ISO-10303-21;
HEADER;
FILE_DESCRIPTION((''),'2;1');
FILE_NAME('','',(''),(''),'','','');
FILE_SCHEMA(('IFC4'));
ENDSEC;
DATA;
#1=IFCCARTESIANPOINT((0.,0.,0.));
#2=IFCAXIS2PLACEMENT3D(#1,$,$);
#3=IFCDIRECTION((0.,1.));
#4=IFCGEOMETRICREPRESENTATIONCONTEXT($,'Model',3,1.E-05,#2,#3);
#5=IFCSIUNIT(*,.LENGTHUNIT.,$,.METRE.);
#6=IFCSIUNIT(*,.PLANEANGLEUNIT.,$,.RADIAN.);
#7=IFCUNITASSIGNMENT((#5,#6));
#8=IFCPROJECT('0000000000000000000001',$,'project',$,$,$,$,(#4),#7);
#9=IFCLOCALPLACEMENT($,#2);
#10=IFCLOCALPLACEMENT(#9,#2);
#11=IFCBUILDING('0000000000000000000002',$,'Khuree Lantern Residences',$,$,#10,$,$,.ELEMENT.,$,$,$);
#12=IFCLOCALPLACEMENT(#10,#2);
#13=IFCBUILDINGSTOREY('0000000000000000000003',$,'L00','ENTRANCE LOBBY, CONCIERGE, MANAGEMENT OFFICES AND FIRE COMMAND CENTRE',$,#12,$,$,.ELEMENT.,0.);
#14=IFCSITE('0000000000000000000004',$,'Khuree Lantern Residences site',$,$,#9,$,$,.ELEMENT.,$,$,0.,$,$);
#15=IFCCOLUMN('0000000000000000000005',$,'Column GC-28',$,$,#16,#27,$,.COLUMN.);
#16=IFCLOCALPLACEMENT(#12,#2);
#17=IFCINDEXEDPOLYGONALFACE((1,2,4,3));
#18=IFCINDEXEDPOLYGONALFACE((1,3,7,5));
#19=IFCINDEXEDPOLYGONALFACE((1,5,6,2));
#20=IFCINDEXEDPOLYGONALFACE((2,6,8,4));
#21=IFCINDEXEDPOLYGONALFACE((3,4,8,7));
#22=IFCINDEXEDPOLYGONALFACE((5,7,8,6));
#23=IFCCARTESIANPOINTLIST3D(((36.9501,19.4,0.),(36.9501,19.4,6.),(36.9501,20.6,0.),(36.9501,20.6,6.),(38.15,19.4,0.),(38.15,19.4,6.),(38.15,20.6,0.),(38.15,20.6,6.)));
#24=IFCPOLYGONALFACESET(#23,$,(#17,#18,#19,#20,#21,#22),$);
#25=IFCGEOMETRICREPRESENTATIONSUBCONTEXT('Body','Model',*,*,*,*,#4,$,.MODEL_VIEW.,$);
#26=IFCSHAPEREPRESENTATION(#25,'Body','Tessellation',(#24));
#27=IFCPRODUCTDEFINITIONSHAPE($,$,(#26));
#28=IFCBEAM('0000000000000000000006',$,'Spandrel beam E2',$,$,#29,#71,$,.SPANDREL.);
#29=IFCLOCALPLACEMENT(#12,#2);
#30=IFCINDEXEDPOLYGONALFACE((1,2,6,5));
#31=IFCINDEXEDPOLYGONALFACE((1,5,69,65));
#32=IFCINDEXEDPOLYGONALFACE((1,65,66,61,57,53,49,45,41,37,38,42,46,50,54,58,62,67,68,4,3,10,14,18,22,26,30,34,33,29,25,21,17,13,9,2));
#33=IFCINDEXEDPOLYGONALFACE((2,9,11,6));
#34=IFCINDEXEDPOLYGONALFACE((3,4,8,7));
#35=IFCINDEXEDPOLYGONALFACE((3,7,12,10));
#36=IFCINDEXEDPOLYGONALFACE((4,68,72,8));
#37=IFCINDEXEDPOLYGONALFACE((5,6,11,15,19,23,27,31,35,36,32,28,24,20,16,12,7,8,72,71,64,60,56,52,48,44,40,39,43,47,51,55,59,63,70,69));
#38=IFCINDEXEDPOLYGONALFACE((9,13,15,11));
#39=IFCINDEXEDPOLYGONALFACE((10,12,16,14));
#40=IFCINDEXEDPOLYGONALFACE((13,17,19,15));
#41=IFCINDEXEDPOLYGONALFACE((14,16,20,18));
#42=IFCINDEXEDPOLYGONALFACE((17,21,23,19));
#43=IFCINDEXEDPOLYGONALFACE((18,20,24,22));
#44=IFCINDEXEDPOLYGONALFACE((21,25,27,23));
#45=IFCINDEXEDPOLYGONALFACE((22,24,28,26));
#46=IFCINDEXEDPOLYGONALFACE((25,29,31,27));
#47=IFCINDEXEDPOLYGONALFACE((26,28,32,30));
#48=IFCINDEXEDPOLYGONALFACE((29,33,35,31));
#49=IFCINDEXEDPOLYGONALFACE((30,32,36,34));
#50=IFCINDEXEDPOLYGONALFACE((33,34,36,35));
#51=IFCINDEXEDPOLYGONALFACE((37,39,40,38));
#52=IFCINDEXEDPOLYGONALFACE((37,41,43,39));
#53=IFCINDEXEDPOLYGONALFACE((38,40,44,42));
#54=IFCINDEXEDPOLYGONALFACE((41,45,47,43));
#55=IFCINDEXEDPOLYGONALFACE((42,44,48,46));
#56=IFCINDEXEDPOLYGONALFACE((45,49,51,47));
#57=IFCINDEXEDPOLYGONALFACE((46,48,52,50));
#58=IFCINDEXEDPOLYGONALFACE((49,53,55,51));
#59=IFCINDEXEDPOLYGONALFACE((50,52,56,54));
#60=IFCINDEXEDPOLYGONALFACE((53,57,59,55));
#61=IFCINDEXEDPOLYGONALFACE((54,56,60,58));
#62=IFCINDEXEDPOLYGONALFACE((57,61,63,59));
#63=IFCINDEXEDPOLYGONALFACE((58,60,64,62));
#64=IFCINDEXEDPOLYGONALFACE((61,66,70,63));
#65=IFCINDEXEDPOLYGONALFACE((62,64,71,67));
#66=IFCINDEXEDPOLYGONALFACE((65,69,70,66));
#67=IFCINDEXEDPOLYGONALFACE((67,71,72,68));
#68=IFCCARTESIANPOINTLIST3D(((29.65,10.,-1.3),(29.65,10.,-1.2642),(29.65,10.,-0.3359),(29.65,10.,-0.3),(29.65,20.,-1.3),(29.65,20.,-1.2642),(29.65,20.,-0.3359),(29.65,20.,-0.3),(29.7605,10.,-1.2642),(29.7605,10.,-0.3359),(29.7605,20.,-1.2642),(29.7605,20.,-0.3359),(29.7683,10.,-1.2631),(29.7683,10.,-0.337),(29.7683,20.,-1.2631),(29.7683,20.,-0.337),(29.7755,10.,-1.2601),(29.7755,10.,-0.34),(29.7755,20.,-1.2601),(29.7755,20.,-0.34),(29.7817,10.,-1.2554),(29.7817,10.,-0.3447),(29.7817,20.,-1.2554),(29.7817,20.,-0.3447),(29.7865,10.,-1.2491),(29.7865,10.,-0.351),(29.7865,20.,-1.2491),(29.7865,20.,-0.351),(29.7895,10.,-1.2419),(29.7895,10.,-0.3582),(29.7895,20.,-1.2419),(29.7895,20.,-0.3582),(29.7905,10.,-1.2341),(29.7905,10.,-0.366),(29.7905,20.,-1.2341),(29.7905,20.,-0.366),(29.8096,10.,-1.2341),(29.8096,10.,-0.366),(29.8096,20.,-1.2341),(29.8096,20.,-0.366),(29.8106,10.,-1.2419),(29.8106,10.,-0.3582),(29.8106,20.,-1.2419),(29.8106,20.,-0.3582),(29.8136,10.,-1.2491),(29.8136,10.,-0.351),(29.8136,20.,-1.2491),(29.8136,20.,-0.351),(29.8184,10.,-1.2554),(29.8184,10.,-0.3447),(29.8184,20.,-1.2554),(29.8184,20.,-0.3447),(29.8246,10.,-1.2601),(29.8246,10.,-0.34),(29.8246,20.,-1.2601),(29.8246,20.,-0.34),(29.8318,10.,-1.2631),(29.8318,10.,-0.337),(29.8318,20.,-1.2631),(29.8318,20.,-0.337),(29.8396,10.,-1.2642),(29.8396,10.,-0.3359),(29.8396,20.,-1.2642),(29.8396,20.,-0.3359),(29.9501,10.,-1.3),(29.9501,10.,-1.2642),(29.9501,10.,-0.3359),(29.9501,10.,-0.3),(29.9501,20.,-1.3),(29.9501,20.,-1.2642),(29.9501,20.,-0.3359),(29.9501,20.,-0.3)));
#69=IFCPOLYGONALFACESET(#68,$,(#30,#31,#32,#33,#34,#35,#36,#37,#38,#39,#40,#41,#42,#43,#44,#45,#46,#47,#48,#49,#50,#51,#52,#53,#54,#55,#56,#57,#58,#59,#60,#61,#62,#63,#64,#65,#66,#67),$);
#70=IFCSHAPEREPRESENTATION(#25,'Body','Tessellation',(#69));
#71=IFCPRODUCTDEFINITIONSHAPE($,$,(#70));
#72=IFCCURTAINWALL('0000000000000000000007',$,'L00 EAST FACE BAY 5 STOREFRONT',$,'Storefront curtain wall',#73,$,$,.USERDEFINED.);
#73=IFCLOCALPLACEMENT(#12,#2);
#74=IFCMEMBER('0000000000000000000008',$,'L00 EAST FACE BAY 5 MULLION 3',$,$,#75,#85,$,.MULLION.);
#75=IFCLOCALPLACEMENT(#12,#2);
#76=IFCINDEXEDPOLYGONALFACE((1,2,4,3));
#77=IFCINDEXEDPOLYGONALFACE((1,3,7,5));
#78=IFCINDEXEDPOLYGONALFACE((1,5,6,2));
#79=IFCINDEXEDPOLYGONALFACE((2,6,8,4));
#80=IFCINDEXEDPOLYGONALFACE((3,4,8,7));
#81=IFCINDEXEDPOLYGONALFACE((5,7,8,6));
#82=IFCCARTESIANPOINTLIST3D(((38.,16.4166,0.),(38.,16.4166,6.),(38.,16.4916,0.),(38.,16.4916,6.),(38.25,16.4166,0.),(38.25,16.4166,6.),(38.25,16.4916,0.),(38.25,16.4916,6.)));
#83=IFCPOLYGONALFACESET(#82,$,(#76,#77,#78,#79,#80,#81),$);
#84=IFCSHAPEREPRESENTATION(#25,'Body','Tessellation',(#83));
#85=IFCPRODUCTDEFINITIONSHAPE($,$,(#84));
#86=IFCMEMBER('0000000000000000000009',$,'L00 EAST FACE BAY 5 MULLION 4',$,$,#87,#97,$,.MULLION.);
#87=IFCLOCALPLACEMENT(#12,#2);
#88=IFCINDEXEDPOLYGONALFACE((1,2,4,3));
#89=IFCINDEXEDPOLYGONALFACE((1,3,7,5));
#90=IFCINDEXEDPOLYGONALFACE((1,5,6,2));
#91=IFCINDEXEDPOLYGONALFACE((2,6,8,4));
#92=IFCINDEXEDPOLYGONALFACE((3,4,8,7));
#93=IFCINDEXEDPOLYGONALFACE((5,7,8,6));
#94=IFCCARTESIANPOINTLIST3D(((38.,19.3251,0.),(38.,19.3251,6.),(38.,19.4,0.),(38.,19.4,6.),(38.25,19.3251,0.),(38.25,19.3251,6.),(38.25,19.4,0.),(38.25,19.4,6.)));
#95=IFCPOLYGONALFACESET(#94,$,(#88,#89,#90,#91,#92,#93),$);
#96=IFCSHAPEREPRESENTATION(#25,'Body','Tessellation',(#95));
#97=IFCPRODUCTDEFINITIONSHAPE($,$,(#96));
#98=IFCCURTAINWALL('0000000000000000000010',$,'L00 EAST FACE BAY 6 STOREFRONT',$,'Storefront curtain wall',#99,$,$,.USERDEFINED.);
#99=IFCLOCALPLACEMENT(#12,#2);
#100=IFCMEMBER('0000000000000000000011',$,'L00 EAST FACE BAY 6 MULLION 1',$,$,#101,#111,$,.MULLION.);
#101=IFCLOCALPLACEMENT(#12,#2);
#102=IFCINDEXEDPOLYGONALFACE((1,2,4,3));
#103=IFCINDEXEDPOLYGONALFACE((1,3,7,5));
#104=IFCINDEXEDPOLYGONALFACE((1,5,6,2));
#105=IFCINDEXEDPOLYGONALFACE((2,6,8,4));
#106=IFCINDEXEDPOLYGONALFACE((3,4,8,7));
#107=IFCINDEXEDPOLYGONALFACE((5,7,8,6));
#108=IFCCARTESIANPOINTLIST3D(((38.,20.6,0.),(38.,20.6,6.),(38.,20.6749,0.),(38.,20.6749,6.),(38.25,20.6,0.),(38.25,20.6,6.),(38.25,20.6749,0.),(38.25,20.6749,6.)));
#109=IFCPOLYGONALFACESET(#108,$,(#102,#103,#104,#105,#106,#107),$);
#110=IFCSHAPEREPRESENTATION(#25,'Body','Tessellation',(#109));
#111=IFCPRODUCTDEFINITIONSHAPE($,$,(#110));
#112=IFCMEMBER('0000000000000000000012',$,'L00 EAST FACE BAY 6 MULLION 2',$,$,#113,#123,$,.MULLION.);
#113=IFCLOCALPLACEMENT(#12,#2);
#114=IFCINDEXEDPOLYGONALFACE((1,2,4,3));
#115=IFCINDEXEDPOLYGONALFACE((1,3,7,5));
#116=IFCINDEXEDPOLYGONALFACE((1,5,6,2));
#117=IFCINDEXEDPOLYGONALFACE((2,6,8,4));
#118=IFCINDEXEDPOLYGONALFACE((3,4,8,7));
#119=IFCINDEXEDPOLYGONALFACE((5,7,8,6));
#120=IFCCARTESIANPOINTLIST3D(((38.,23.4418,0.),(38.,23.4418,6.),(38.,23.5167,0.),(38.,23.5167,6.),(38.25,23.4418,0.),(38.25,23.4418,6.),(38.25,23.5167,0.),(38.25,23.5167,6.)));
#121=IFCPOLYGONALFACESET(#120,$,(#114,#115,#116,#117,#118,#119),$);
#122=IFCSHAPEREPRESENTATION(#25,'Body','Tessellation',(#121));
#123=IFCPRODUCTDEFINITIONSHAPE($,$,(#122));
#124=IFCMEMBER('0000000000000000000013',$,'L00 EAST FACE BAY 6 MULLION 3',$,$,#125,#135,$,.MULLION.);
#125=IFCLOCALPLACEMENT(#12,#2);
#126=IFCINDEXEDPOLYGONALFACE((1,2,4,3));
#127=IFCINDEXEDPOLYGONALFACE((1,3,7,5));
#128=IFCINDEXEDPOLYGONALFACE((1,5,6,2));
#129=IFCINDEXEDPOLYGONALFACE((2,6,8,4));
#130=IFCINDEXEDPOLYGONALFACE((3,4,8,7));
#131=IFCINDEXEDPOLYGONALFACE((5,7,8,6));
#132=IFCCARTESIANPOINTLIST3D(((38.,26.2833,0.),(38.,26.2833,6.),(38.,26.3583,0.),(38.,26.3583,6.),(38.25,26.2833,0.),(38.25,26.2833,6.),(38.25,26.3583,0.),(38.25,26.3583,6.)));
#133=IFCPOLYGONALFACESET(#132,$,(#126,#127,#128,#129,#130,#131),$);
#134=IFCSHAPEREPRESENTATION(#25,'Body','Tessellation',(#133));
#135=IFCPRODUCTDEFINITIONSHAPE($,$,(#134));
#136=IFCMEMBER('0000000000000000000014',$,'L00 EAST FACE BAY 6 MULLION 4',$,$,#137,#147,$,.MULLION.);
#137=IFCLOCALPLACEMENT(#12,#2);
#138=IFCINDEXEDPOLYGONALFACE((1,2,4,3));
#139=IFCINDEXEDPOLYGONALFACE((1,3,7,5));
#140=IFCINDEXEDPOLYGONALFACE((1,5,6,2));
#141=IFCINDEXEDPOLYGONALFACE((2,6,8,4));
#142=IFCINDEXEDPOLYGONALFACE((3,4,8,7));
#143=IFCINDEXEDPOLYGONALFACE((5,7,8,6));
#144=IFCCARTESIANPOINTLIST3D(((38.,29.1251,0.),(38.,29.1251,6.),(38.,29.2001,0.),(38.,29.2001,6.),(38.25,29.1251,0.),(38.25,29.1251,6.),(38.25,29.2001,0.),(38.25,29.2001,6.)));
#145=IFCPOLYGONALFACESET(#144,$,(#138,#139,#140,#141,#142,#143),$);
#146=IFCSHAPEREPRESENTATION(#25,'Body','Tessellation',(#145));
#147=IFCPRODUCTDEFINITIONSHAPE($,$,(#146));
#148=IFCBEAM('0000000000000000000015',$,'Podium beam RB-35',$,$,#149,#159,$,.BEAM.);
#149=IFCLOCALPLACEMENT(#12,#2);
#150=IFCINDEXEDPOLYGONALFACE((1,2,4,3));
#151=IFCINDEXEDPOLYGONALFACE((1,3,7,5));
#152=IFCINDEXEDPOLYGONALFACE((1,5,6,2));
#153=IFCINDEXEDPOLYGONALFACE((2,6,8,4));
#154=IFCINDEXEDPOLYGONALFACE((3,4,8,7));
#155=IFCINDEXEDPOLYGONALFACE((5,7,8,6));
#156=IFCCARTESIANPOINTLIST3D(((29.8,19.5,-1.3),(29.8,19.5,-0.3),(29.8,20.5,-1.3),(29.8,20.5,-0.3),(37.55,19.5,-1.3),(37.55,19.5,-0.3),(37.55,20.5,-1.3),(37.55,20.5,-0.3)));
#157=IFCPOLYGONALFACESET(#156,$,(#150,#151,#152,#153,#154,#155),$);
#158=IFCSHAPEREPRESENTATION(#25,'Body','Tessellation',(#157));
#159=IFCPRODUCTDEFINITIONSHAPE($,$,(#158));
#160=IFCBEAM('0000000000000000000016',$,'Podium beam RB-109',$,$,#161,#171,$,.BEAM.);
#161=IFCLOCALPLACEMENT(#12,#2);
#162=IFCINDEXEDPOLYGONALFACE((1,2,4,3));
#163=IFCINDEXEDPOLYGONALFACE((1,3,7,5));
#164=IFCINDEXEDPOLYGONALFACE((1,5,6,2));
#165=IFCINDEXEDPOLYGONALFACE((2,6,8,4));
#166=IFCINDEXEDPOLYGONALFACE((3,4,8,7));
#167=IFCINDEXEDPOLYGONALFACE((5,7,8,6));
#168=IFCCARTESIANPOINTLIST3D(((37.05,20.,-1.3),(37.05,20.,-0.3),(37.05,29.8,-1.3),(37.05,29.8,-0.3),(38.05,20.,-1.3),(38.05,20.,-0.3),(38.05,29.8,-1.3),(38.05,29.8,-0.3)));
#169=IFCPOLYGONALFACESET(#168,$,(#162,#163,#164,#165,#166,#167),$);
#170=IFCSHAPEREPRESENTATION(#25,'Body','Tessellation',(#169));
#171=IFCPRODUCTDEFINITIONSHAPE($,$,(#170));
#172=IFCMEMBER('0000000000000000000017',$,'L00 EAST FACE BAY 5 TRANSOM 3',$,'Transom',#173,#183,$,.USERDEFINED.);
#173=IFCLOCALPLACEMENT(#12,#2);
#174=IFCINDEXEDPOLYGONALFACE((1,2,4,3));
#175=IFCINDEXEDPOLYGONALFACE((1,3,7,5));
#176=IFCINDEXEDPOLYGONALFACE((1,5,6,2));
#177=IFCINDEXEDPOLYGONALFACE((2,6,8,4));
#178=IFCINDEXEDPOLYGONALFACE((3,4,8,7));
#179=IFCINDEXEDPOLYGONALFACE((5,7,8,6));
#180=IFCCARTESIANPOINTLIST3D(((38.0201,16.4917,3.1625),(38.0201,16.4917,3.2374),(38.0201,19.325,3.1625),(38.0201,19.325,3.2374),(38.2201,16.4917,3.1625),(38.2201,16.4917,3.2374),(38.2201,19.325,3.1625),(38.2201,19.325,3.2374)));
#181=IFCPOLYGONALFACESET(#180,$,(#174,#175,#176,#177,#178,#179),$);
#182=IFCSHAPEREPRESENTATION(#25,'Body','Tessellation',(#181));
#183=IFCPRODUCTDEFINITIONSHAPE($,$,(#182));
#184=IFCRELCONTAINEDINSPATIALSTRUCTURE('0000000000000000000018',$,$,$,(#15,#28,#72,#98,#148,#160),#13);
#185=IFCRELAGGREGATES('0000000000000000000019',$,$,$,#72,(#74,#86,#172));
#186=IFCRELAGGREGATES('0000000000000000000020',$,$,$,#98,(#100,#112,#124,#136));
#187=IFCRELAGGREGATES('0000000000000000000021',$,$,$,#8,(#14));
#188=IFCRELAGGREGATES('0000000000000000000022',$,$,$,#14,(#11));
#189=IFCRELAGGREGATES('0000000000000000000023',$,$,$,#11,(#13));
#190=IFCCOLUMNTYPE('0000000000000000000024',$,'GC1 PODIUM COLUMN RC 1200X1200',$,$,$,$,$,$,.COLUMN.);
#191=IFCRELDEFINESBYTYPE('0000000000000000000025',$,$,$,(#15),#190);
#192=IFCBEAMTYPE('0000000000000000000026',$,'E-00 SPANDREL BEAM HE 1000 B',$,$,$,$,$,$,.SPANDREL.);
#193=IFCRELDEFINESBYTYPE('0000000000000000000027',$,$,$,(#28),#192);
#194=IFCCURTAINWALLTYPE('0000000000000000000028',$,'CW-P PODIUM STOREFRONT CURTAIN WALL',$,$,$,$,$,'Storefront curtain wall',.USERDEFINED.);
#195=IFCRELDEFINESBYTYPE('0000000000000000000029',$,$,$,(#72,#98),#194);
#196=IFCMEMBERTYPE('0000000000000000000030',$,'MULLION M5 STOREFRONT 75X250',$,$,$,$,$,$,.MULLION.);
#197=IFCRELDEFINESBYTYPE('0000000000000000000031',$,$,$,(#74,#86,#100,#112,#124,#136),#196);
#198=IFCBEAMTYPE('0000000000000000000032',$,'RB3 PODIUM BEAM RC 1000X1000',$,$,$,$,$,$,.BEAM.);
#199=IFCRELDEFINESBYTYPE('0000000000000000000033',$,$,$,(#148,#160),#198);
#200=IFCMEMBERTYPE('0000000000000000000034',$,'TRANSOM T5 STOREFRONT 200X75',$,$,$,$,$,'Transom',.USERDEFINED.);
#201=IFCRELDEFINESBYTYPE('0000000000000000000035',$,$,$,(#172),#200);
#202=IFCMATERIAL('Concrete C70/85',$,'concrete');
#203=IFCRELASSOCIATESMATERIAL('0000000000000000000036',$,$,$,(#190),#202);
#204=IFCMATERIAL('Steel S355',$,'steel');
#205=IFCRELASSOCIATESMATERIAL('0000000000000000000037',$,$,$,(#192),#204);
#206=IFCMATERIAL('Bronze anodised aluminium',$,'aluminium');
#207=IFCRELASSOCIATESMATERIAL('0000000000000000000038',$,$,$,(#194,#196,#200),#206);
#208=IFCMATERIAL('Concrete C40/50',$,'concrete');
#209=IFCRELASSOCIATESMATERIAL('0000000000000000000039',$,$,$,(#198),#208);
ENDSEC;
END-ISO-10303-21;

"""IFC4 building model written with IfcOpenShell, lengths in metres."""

from ifc_helpers import new_model, si_unit, direction, frame, origin, origin_2d, place, context, subcontext, project, spatial, rectangle, i_section, extrude, material, material_profile, profile_set, type_object, element, aggregate, save


model = new_model("IFC4")

# Units and contexts
model_context = context("Model", 3, precision=1e-05, world=origin(), true_north=direction((0.0, 1.0)))
body_context = subcontext(model_context, "Body", "Model", "MODEL_VIEW")
ifc_project = project(units=[si_unit("LENGTHUNIT", "METRE"), si_unit("PLANEANGLEUNIT", "RADIAN")], contexts=[model_context])

# Site, building, storey
site_placement = place(None, origin())
site = spatial("IfcSite", under=ifc_project, at=site_placement, Name="Khuree Lantern Residences site", CompositionType="ELEMENT", RefElevation=0.0)
building_placement = place(site_placement, origin())
building = spatial("IfcBuilding", under=site, at=building_placement, Name="Khuree Lantern Residences", CompositionType="ELEMENT")
storey_placement = place(building_placement, origin())
storey = spatial("IfcBuildingStorey", under=building, at=storey_placement, Name="L00", Description="ENTRANCE LOBBY, CONCIERGE, MANAGEMENT OFFICES AND FIRE COMMAND CENTRE", CompositionType="ELEMENT", Elevation=0.0)

# Column
ifc_material_1 = material(Name="Concrete C70/85", Category="concrete")
ifc_material_profile_1 = material_profile(ifc_material_1, rectangle(XDim=1.2, YDim=1.2, at=origin_2d()), Name="RC 1200X1200")
ifc_profile_set_1 = profile_set([ifc_material_profile_1], Name="Concrete C70/85")
column_type = type_object("IfcColumnType", Name="GC1 PODIUM COLUMN RC 1200X1200", PredefinedType="COLUMN", material=ifc_profile_set_1)
column_placement = place(storey_placement, frame((37.55, 20.0, 0.0), z_axis=(0.0, 0.0, 1.0), x_axis=(1.0, 0.0, 0.0)))
element("IfcColumn", 1, at=column_placement, inside=storey, type_object=column_type, Name="Column GC-28", PredefinedType="COLUMN", context=body_context, shape_type="SweptSolid", body=[
    extrude(rectangle(XDim=1.2, YDim=1.2, at=origin_2d()), origin(), (0.0, 0.0, 1.0), 6.0),
])

# Beam
ifc_material_2 = material(Name="Steel S355", Category="steel")
ifc_material_profile_2 = material_profile(ifc_material_2, i_section(OverallWidth=0.3, OverallDepth=1.0, WebThickness=0.019, FlangeThickness=0.0359, FilletRadius=0.03, at=origin_2d()), Name="HE 1000 B")
ifc_profile_set_2 = profile_set([ifc_material_profile_2], Name="Steel S355")
beam_type_1 = type_object("IfcBeamType", Name="E-00 SPANDREL BEAM HE 1000 B", PredefinedType="SPANDREL", material=ifc_profile_set_2)
beam_1_placement = place(storey_placement, frame((29.8, 20.0, -0.8), z_axis=(0.0, -1.0, 0.0), x_axis=(1.0, 0.0, 0.0)))
element("IfcBeam", 2, at=beam_1_placement, inside=storey, type_object=beam_type_1, Name="Spandrel beam E2", PredefinedType="SPANDREL", context=body_context, shape_type="SweptSolid", body=[
    extrude(i_section(OverallWidth=0.3, OverallDepth=1.0, WebThickness=0.019, FlangeThickness=0.0359, FilletRadius=0.03, at=origin_2d()), origin(), (0.0, 0.0, 1.0), 10.0),
])

# Curtain walls, members
ifc_material_3 = material(Name="Bronze anodised aluminium", Category="aluminium")
curtain_wall_type = type_object("IfcCurtainWallType", Name="CW-P PODIUM STOREFRONT CURTAIN WALL", ElementType="Storefront curtain wall", PredefinedType="USERDEFINED", material=ifc_material_3)
curtain_wall_1_placement = place(storey_placement, origin())
curtain_wall_1 = element("IfcCurtainWall", 3, at=curtain_wall_1_placement, inside=storey, type_object=curtain_wall_type, Name="L00 EAST FACE BAY 5 STOREFRONT", ObjectType="Storefront curtain wall", PredefinedType="USERDEFINED")
ifc_material_profile_3 = material_profile(ifc_material_3, rectangle(XDim=0.075, YDim=0.25, at=origin_2d()), Name="M5 75X250")
ifc_profile_set_3 = profile_set([ifc_material_profile_3], Name="Bronze anodised aluminium")
member_type_1 = type_object("IfcMemberType", Name="MULLION M5 STOREFRONT 75X250", PredefinedType="MULLION", material=ifc_profile_set_3)
member_1_placement = place(storey_placement, frame((38.125, 16.4541, 0.0), z_axis=(0.0, 0.0, 1.0), x_axis=(0.0, 1.0, 0.0)))
member_1 = element("IfcMember", 4, at=member_1_placement, type_object=member_type_1, Name="L00 EAST FACE BAY 5 MULLION 3", PredefinedType="MULLION", context=body_context, shape_type="SweptSolid", body=[
    extrude(rectangle(XDim=0.075, YDim=0.25, at=origin_2d()), origin(), (0.0, 0.0, 1.0), 6.0),
])
member_2_placement = place(storey_placement, frame((38.125, 19.3625, 0.0), z_axis=(0.0, 0.0, 1.0), x_axis=(0.0, 1.0, 0.0)))
member_2 = element("IfcMember", 5, at=member_2_placement, type_object=member_type_1, Name="L00 EAST FACE BAY 5 MULLION 4", PredefinedType="MULLION", context=body_context, shape_type="SweptSolid", body=[
    extrude(rectangle(XDim=0.075, YDim=0.25, at=origin_2d()), origin(), (0.0, 0.0, 1.0), 6.0),
])
curtain_wall_2_placement = place(storey_placement, origin())
curtain_wall_2 = element("IfcCurtainWall", 6, at=curtain_wall_2_placement, inside=storey, type_object=curtain_wall_type, Name="L00 EAST FACE BAY 6 STOREFRONT", ObjectType="Storefront curtain wall", PredefinedType="USERDEFINED")
member_3_placement = place(storey_placement, frame((38.125, 20.6375, 0.0), z_axis=(0.0, 0.0, 1.0), x_axis=(0.0, 1.0, 0.0)))
member_3 = element("IfcMember", 7, at=member_3_placement, type_object=member_type_1, Name="L00 EAST FACE BAY 6 MULLION 1", PredefinedType="MULLION", context=body_context, shape_type="SweptSolid", body=[
    extrude(rectangle(XDim=0.075, YDim=0.25, at=origin_2d()), origin(), (0.0, 0.0, 1.0), 6.0),
])
member_4_placement = place(storey_placement, frame((38.125, 23.4792, 0.0), z_axis=(0.0, 0.0, 1.0), x_axis=(0.0, 1.0, 0.0)))
member_4 = element("IfcMember", 8, at=member_4_placement, type_object=member_type_1, Name="L00 EAST FACE BAY 6 MULLION 2", PredefinedType="MULLION", context=body_context, shape_type="SweptSolid", body=[
    extrude(rectangle(XDim=0.075, YDim=0.25, at=origin_2d()), origin(), (0.0, 0.0, 1.0), 6.0),
])
member_5_placement = place(storey_placement, frame((38.125, 26.3208, 0.0), z_axis=(0.0, 0.0, 1.0), x_axis=(0.0, 1.0, 0.0)))
member_5 = element("IfcMember", 9, at=member_5_placement, type_object=member_type_1, Name="L00 EAST FACE BAY 6 MULLION 3", PredefinedType="MULLION", context=body_context, shape_type="SweptSolid", body=[
    extrude(rectangle(XDim=0.075, YDim=0.25, at=origin_2d()), origin(), (0.0, 0.0, 1.0), 6.0),
])
member_6_placement = place(storey_placement, frame((38.125, 29.1626, 0.0), z_axis=(0.0, 0.0, 1.0), x_axis=(0.0, 1.0, 0.0)))
member_6 = element("IfcMember", 10, at=member_6_placement, type_object=member_type_1, Name="L00 EAST FACE BAY 6 MULLION 4", PredefinedType="MULLION", context=body_context, shape_type="SweptSolid", body=[
    extrude(rectangle(XDim=0.075, YDim=0.25, at=origin_2d()), origin(), (0.0, 0.0, 1.0), 6.0),
])

# Beams
ifc_material_4 = material(Name="Concrete C40/50", Category="concrete")
ifc_material_profile_4 = material_profile(ifc_material_4, rectangle(XDim=1.0, YDim=1.0, at=origin_2d()), Name="RC 1000X1000")
ifc_profile_set_4 = profile_set([ifc_material_profile_4], Name="Concrete C40/50")
beam_type_2 = type_object("IfcBeamType", Name="RB3 PODIUM BEAM RC 1000X1000", PredefinedType="BEAM", material=ifc_profile_set_4)
beam_2_placement = place(storey_placement, frame((29.8, 20.0, -0.8), z_axis=(1.0, 0.0, 0.0), x_axis=(0.0, 1.0, 0.0)))
element("IfcBeam", 11, at=beam_2_placement, inside=storey, type_object=beam_type_2, Name="Podium beam RB-35", PredefinedType="BEAM", context=body_context, shape_type="SweptSolid", body=[
    extrude(rectangle(XDim=1.0, YDim=1.0, at=origin_2d()), origin(), (0.0, 0.0, 1.0), 7.75),
])
beam_3_placement = place(storey_placement, frame((37.55, 20.0, -0.8), z_axis=(0.0, 1.0, 0.0), x_axis=(-1.0, 0.0, 0.0)))
element("IfcBeam", 12, at=beam_3_placement, inside=storey, type_object=beam_type_2, Name="Podium beam RB-109", PredefinedType="BEAM", context=body_context, shape_type="SweptSolid", body=[
    extrude(rectangle(XDim=1.0, YDim=1.0, at=origin_2d()), origin(), (0.0, 0.0, 1.0), 9.8),
])

# Member
ifc_material_profile_5 = material_profile(ifc_material_3, rectangle(XDim=0.2, YDim=0.075, at=origin_2d()), Name="T5 200X75")
ifc_profile_set_5 = profile_set([ifc_material_profile_5], Name="Bronze anodised aluminium")
member_type_2 = type_object("IfcMemberType", Name="TRANSOM T5 STOREFRONT 200X75", ElementType="Transom", PredefinedType="USERDEFINED", material=ifc_profile_set_5)
member_7_placement = place(storey_placement, frame((38.1201, 16.4917, 3.2), z_axis=(0.0, 1.0, 0.0), x_axis=(-1.0, 0.0, 0.0)))
member_7 = element("IfcMember", 13, at=member_7_placement, type_object=member_type_2, Name="L00 EAST FACE BAY 5 TRANSOM 3", ObjectType="Transom", PredefinedType="USERDEFINED", context=body_context, shape_type="SweptSolid", body=[
    extrude(rectangle(XDim=0.2, YDim=0.075, at=origin_2d()), origin(), (0.0, 0.0, 1.0), 2.8333),
])

aggregate(curtain_wall_1, [member_1, member_2, member_7])
aggregate(curtain_wall_2, [member_3, member_4, member_5, member_6])

save(model, "model.ifc")
